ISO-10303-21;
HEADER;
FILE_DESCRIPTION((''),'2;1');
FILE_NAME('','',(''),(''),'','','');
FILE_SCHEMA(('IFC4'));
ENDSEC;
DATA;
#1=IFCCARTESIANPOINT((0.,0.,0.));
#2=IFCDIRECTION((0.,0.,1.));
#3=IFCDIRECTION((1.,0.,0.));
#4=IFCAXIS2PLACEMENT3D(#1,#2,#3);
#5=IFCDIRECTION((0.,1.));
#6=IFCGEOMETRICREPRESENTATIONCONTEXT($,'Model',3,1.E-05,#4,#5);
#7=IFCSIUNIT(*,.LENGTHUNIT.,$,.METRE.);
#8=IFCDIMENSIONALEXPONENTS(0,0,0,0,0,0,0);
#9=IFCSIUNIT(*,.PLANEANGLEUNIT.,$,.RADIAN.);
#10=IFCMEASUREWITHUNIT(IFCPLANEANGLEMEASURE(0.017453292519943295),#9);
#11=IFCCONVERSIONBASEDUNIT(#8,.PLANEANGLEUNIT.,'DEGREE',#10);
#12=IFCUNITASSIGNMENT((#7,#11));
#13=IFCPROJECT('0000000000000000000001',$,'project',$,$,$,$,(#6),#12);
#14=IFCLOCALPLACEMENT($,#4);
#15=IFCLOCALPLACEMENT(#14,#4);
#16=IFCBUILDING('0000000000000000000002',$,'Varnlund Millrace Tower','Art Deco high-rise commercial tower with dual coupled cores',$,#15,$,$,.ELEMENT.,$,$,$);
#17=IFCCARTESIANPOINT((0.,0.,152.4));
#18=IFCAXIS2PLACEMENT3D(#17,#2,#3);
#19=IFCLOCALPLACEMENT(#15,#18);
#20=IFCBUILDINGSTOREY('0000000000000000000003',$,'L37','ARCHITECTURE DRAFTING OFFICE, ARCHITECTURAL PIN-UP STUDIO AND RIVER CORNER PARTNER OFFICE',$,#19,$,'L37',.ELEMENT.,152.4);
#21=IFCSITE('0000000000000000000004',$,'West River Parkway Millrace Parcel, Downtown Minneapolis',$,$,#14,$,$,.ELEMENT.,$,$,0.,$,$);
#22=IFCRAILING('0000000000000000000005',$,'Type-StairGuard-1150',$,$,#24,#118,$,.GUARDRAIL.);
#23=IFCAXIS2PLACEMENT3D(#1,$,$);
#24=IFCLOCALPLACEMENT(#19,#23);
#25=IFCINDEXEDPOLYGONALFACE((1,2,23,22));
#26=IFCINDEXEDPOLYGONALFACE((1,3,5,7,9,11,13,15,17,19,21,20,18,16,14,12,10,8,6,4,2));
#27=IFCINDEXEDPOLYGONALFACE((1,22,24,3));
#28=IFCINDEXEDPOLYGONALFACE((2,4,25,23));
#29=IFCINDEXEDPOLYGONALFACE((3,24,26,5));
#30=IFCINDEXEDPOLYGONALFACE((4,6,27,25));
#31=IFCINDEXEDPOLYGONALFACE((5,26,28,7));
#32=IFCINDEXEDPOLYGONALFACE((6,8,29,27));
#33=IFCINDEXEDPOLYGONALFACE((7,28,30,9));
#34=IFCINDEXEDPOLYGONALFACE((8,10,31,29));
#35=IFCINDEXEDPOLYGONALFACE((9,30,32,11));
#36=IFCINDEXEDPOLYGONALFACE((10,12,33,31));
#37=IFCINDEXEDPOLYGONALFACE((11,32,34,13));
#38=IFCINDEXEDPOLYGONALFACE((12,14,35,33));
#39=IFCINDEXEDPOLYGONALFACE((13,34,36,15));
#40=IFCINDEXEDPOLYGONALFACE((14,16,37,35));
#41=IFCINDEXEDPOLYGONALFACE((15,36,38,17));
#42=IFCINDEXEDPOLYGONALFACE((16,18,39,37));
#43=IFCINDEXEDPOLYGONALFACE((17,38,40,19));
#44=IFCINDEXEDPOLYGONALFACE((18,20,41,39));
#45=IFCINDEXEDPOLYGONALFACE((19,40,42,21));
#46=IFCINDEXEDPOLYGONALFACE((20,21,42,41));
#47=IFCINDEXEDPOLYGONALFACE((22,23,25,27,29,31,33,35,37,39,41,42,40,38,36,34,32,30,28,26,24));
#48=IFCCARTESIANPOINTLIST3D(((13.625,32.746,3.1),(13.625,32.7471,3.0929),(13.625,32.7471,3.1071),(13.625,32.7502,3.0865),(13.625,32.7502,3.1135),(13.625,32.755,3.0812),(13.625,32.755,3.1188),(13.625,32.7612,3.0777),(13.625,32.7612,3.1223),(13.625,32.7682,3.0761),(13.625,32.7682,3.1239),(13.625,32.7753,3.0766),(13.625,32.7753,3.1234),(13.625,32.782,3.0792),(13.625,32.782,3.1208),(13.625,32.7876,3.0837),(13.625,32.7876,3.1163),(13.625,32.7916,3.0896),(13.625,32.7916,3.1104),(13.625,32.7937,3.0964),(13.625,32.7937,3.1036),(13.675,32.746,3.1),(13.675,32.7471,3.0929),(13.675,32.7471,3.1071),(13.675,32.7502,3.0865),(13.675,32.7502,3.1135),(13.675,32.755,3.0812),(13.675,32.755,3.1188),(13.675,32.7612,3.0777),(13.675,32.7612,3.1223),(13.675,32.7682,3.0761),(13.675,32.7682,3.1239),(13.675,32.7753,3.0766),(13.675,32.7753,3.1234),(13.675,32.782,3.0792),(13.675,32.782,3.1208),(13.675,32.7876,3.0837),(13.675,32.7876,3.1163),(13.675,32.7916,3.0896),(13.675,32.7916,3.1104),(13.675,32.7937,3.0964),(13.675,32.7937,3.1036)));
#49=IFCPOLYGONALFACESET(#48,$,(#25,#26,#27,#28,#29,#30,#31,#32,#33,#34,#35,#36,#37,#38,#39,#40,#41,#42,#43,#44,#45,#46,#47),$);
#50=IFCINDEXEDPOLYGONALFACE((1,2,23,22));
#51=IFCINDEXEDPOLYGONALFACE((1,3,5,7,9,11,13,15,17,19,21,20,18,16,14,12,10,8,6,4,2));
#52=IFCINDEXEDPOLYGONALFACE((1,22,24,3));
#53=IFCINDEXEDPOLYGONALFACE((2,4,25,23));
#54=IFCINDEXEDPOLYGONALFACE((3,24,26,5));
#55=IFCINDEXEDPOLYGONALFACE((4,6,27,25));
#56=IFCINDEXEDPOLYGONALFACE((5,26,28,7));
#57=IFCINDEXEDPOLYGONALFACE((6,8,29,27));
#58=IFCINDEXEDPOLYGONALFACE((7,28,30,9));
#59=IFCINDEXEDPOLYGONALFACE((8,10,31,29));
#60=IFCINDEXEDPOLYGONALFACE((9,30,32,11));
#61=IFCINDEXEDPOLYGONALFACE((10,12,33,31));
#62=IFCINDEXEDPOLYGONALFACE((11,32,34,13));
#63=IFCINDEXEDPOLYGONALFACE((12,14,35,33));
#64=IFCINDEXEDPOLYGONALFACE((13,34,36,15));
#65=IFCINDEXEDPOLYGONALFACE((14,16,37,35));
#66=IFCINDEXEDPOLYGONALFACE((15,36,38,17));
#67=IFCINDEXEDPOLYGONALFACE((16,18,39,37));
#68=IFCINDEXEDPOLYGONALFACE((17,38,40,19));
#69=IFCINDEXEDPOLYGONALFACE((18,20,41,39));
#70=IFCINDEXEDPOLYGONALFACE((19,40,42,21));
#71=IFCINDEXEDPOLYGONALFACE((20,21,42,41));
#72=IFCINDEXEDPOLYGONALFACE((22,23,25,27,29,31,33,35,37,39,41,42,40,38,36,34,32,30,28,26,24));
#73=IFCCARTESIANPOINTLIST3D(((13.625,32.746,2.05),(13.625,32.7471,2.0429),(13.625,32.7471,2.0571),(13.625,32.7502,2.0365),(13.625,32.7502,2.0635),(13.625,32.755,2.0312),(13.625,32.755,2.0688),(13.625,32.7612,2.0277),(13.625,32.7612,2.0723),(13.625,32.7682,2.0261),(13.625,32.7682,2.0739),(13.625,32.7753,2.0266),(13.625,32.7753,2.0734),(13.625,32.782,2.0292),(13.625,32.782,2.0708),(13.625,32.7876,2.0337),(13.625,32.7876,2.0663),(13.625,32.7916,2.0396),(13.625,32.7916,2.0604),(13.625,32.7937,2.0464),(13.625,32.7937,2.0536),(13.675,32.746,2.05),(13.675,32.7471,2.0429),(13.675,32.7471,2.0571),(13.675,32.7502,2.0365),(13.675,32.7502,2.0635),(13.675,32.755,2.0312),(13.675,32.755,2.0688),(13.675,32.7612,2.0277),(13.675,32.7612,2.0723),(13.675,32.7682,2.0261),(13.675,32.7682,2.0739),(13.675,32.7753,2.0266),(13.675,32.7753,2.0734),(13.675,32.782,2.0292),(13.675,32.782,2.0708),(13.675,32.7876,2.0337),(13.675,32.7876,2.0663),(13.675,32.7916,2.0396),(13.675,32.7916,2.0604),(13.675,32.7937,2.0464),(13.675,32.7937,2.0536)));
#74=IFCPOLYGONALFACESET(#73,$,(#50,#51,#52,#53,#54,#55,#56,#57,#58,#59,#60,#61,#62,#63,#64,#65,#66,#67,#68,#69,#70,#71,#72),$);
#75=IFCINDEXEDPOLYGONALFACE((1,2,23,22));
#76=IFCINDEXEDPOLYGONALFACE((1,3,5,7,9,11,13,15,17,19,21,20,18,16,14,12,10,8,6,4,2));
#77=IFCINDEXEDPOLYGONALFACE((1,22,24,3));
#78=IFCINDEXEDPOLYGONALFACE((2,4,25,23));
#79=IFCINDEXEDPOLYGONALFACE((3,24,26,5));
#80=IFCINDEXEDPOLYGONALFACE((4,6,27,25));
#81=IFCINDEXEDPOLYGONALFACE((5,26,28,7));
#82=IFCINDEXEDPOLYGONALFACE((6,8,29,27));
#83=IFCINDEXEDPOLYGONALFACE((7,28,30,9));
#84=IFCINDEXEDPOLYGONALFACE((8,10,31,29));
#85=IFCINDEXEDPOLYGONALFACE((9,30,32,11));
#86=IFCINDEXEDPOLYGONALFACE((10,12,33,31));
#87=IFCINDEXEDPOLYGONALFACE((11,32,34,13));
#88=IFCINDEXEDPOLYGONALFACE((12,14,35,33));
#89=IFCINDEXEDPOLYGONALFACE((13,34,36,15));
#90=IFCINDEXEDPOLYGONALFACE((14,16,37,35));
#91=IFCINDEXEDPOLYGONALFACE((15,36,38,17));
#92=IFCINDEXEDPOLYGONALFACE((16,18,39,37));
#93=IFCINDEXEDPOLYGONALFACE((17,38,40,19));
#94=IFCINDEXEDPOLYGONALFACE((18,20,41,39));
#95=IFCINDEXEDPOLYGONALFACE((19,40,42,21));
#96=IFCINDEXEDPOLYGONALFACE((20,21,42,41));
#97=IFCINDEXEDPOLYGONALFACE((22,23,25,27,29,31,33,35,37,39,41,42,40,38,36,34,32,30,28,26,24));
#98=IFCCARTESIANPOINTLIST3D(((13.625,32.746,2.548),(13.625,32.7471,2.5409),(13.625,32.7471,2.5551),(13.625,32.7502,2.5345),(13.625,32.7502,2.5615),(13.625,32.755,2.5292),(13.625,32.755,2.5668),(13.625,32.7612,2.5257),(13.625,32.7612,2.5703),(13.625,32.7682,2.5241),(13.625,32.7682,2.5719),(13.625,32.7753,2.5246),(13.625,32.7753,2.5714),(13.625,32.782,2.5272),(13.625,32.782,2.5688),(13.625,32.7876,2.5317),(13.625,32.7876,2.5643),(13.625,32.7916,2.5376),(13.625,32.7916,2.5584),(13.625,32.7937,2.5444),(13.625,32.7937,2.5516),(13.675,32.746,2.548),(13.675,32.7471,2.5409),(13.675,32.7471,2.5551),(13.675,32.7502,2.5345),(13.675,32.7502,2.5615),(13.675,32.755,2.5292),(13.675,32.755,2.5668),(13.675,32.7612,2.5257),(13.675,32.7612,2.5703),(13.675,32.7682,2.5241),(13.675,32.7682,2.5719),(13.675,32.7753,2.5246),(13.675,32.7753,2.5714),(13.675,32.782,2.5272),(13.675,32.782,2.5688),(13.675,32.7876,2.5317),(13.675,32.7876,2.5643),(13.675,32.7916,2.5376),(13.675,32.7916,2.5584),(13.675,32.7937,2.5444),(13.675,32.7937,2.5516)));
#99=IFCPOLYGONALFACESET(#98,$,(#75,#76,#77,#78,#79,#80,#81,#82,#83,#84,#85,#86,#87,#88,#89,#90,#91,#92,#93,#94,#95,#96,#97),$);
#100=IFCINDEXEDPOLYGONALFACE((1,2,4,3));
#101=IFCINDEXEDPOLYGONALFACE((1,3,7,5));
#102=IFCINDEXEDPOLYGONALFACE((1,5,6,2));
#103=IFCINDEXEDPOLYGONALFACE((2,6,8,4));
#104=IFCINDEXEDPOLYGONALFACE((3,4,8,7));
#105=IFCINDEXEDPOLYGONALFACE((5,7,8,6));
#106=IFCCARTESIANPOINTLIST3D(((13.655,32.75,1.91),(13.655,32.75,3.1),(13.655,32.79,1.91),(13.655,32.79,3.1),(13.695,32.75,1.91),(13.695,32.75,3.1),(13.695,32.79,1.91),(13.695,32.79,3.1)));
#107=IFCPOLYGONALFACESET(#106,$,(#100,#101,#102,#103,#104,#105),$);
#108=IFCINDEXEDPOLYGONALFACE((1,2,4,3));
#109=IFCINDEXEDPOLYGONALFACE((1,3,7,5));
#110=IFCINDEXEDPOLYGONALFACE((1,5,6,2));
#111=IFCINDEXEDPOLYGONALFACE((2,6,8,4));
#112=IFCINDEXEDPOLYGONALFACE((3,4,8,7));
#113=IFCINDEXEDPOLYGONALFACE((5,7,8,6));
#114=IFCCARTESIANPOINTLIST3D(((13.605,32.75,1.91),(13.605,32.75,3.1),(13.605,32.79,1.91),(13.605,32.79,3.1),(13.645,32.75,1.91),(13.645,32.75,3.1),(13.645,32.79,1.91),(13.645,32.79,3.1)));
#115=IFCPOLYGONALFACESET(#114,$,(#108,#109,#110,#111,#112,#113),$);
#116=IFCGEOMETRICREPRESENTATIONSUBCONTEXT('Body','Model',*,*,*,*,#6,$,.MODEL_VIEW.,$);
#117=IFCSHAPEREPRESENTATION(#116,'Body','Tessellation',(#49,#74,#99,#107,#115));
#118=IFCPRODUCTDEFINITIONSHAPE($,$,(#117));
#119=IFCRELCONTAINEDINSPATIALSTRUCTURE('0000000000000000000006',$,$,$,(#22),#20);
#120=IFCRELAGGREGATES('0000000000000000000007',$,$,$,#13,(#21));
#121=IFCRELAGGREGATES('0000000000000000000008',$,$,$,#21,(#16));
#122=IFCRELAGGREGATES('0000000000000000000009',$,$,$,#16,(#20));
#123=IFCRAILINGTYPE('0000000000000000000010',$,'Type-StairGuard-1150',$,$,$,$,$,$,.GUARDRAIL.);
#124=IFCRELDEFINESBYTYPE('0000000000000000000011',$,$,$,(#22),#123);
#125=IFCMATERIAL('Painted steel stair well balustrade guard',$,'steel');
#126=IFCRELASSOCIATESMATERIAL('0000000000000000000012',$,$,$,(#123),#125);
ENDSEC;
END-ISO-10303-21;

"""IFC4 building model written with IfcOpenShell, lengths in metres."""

from ifc_helpers import new_model, entity, si_unit, converted_unit, direction, frame, origin_with_axes, origin_2d_with_axis, place, context, subcontext, project, spatial, rectangle, circle, extrude, material, type_object, element, save


model = new_model("IFC4")

# Units and contexts
model_context = context("Model", 3, precision=1e-05, world=origin_with_axes(), true_north=direction((0.0, 1.0)))
body_context = subcontext(model_context, "Body", "Model", "MODEL_VIEW")
ifc_project = project(units=[si_unit("LENGTHUNIT", "METRE"), converted_unit("PLANEANGLEUNIT", "DEGREE", entity("IfcPlaneAngleMeasure", 0.017453292519943295), si_unit("PLANEANGLEUNIT", "RADIAN"), dimensions=[0, 0, 0, 0, 0, 0, 0])], contexts=[model_context])

# Site, building, storey
site_placement = place(None, origin_with_axes())
site = spatial("IfcSite", under=ifc_project, at=site_placement, Name="West River Parkway Millrace Parcel, Downtown Minneapolis", CompositionType="ELEMENT", RefElevation=0.0)
building_placement = place(site_placement, origin_with_axes())
building = spatial("IfcBuilding", under=site, at=building_placement, Name="Varnlund Millrace Tower", Description="Art Deco high-rise commercial tower with dual coupled cores", CompositionType="ELEMENT")
storey_placement = place(building_placement, frame((0.0, 0.0, 152.4), z_axis=(0.0, 0.0, 1.0), x_axis=(1.0, 0.0, 0.0)))
storey = spatial("IfcBuildingStorey", under=building, at=storey_placement, Name="L37", Description="ARCHITECTURE DRAFTING OFFICE, ARCHITECTURAL PIN-UP STUDIO AND RIVER CORNER PARTNER OFFICE", LongName="L37", CompositionType="ELEMENT", Elevation=152.4)

# Railing
ifc_material_1 = material(Name="Painted steel stair well balustrade guard", Category="steel")
railing_type_1 = type_object("IfcRailingType", Name="Type-StairGuard-1150", PredefinedType="GUARDRAIL", material=ifc_material_1)
railing_1_placement = place(storey_placement, frame((0.0, 0.0, -152.4), z_axis=(0.0, 0.0, 1.0), x_axis=(1.0, 0.0, 0.0)))
element("IfcRailing", 1, at=railing_1_placement, inside=storey, type_object=railing_type_1, Name="Type-StairGuard-1150", PredefinedType="GUARDRAIL", context=body_context, shape_type="SweptSolid", body=[
    extrude(circle(Radius=0.024, at=origin_2d_with_axis()), frame((13.675, 32.77, 155.5), z_axis=(-1.0, 0.0, 0.0), x_axis=(0.0, -1.0, 0.0)), (0.0, 0.0, 1.0), 0.05),
    extrude(circle(Radius=0.024, at=origin_2d_with_axis()), frame((13.675, 32.77, 154.45), z_axis=(-1.0, 0.0, 0.0), x_axis=(0.0, -1.0, 0.0)), (0.0, 0.0, 1.0), 0.05),
    extrude(circle(Radius=0.024, at=origin_2d_with_axis()), frame((13.675, 32.77, 154.948), z_axis=(-1.0, 0.0, 0.0), x_axis=(0.0, -1.0, 0.0)), (0.0, 0.0, 1.0), 0.05),
    extrude(rectangle(XDim=0.04, YDim=0.04, at=origin_2d_with_axis()), frame((13.675, 32.77, 154.31), z_axis=(0.0, 0.0, 1.0), x_axis=(1.0, 0.0, 0.0)), (0.0, 0.0, 1.0), 1.19),
    extrude(rectangle(XDim=0.04, YDim=0.04, at=origin_2d_with_axis()), frame((13.625, 32.77, 154.31), z_axis=(0.0, 0.0, 1.0), x_axis=(1.0, 0.0, 0.0)), (0.0, 0.0, 1.0), 1.19),
])

save(model, "model.ifc")
